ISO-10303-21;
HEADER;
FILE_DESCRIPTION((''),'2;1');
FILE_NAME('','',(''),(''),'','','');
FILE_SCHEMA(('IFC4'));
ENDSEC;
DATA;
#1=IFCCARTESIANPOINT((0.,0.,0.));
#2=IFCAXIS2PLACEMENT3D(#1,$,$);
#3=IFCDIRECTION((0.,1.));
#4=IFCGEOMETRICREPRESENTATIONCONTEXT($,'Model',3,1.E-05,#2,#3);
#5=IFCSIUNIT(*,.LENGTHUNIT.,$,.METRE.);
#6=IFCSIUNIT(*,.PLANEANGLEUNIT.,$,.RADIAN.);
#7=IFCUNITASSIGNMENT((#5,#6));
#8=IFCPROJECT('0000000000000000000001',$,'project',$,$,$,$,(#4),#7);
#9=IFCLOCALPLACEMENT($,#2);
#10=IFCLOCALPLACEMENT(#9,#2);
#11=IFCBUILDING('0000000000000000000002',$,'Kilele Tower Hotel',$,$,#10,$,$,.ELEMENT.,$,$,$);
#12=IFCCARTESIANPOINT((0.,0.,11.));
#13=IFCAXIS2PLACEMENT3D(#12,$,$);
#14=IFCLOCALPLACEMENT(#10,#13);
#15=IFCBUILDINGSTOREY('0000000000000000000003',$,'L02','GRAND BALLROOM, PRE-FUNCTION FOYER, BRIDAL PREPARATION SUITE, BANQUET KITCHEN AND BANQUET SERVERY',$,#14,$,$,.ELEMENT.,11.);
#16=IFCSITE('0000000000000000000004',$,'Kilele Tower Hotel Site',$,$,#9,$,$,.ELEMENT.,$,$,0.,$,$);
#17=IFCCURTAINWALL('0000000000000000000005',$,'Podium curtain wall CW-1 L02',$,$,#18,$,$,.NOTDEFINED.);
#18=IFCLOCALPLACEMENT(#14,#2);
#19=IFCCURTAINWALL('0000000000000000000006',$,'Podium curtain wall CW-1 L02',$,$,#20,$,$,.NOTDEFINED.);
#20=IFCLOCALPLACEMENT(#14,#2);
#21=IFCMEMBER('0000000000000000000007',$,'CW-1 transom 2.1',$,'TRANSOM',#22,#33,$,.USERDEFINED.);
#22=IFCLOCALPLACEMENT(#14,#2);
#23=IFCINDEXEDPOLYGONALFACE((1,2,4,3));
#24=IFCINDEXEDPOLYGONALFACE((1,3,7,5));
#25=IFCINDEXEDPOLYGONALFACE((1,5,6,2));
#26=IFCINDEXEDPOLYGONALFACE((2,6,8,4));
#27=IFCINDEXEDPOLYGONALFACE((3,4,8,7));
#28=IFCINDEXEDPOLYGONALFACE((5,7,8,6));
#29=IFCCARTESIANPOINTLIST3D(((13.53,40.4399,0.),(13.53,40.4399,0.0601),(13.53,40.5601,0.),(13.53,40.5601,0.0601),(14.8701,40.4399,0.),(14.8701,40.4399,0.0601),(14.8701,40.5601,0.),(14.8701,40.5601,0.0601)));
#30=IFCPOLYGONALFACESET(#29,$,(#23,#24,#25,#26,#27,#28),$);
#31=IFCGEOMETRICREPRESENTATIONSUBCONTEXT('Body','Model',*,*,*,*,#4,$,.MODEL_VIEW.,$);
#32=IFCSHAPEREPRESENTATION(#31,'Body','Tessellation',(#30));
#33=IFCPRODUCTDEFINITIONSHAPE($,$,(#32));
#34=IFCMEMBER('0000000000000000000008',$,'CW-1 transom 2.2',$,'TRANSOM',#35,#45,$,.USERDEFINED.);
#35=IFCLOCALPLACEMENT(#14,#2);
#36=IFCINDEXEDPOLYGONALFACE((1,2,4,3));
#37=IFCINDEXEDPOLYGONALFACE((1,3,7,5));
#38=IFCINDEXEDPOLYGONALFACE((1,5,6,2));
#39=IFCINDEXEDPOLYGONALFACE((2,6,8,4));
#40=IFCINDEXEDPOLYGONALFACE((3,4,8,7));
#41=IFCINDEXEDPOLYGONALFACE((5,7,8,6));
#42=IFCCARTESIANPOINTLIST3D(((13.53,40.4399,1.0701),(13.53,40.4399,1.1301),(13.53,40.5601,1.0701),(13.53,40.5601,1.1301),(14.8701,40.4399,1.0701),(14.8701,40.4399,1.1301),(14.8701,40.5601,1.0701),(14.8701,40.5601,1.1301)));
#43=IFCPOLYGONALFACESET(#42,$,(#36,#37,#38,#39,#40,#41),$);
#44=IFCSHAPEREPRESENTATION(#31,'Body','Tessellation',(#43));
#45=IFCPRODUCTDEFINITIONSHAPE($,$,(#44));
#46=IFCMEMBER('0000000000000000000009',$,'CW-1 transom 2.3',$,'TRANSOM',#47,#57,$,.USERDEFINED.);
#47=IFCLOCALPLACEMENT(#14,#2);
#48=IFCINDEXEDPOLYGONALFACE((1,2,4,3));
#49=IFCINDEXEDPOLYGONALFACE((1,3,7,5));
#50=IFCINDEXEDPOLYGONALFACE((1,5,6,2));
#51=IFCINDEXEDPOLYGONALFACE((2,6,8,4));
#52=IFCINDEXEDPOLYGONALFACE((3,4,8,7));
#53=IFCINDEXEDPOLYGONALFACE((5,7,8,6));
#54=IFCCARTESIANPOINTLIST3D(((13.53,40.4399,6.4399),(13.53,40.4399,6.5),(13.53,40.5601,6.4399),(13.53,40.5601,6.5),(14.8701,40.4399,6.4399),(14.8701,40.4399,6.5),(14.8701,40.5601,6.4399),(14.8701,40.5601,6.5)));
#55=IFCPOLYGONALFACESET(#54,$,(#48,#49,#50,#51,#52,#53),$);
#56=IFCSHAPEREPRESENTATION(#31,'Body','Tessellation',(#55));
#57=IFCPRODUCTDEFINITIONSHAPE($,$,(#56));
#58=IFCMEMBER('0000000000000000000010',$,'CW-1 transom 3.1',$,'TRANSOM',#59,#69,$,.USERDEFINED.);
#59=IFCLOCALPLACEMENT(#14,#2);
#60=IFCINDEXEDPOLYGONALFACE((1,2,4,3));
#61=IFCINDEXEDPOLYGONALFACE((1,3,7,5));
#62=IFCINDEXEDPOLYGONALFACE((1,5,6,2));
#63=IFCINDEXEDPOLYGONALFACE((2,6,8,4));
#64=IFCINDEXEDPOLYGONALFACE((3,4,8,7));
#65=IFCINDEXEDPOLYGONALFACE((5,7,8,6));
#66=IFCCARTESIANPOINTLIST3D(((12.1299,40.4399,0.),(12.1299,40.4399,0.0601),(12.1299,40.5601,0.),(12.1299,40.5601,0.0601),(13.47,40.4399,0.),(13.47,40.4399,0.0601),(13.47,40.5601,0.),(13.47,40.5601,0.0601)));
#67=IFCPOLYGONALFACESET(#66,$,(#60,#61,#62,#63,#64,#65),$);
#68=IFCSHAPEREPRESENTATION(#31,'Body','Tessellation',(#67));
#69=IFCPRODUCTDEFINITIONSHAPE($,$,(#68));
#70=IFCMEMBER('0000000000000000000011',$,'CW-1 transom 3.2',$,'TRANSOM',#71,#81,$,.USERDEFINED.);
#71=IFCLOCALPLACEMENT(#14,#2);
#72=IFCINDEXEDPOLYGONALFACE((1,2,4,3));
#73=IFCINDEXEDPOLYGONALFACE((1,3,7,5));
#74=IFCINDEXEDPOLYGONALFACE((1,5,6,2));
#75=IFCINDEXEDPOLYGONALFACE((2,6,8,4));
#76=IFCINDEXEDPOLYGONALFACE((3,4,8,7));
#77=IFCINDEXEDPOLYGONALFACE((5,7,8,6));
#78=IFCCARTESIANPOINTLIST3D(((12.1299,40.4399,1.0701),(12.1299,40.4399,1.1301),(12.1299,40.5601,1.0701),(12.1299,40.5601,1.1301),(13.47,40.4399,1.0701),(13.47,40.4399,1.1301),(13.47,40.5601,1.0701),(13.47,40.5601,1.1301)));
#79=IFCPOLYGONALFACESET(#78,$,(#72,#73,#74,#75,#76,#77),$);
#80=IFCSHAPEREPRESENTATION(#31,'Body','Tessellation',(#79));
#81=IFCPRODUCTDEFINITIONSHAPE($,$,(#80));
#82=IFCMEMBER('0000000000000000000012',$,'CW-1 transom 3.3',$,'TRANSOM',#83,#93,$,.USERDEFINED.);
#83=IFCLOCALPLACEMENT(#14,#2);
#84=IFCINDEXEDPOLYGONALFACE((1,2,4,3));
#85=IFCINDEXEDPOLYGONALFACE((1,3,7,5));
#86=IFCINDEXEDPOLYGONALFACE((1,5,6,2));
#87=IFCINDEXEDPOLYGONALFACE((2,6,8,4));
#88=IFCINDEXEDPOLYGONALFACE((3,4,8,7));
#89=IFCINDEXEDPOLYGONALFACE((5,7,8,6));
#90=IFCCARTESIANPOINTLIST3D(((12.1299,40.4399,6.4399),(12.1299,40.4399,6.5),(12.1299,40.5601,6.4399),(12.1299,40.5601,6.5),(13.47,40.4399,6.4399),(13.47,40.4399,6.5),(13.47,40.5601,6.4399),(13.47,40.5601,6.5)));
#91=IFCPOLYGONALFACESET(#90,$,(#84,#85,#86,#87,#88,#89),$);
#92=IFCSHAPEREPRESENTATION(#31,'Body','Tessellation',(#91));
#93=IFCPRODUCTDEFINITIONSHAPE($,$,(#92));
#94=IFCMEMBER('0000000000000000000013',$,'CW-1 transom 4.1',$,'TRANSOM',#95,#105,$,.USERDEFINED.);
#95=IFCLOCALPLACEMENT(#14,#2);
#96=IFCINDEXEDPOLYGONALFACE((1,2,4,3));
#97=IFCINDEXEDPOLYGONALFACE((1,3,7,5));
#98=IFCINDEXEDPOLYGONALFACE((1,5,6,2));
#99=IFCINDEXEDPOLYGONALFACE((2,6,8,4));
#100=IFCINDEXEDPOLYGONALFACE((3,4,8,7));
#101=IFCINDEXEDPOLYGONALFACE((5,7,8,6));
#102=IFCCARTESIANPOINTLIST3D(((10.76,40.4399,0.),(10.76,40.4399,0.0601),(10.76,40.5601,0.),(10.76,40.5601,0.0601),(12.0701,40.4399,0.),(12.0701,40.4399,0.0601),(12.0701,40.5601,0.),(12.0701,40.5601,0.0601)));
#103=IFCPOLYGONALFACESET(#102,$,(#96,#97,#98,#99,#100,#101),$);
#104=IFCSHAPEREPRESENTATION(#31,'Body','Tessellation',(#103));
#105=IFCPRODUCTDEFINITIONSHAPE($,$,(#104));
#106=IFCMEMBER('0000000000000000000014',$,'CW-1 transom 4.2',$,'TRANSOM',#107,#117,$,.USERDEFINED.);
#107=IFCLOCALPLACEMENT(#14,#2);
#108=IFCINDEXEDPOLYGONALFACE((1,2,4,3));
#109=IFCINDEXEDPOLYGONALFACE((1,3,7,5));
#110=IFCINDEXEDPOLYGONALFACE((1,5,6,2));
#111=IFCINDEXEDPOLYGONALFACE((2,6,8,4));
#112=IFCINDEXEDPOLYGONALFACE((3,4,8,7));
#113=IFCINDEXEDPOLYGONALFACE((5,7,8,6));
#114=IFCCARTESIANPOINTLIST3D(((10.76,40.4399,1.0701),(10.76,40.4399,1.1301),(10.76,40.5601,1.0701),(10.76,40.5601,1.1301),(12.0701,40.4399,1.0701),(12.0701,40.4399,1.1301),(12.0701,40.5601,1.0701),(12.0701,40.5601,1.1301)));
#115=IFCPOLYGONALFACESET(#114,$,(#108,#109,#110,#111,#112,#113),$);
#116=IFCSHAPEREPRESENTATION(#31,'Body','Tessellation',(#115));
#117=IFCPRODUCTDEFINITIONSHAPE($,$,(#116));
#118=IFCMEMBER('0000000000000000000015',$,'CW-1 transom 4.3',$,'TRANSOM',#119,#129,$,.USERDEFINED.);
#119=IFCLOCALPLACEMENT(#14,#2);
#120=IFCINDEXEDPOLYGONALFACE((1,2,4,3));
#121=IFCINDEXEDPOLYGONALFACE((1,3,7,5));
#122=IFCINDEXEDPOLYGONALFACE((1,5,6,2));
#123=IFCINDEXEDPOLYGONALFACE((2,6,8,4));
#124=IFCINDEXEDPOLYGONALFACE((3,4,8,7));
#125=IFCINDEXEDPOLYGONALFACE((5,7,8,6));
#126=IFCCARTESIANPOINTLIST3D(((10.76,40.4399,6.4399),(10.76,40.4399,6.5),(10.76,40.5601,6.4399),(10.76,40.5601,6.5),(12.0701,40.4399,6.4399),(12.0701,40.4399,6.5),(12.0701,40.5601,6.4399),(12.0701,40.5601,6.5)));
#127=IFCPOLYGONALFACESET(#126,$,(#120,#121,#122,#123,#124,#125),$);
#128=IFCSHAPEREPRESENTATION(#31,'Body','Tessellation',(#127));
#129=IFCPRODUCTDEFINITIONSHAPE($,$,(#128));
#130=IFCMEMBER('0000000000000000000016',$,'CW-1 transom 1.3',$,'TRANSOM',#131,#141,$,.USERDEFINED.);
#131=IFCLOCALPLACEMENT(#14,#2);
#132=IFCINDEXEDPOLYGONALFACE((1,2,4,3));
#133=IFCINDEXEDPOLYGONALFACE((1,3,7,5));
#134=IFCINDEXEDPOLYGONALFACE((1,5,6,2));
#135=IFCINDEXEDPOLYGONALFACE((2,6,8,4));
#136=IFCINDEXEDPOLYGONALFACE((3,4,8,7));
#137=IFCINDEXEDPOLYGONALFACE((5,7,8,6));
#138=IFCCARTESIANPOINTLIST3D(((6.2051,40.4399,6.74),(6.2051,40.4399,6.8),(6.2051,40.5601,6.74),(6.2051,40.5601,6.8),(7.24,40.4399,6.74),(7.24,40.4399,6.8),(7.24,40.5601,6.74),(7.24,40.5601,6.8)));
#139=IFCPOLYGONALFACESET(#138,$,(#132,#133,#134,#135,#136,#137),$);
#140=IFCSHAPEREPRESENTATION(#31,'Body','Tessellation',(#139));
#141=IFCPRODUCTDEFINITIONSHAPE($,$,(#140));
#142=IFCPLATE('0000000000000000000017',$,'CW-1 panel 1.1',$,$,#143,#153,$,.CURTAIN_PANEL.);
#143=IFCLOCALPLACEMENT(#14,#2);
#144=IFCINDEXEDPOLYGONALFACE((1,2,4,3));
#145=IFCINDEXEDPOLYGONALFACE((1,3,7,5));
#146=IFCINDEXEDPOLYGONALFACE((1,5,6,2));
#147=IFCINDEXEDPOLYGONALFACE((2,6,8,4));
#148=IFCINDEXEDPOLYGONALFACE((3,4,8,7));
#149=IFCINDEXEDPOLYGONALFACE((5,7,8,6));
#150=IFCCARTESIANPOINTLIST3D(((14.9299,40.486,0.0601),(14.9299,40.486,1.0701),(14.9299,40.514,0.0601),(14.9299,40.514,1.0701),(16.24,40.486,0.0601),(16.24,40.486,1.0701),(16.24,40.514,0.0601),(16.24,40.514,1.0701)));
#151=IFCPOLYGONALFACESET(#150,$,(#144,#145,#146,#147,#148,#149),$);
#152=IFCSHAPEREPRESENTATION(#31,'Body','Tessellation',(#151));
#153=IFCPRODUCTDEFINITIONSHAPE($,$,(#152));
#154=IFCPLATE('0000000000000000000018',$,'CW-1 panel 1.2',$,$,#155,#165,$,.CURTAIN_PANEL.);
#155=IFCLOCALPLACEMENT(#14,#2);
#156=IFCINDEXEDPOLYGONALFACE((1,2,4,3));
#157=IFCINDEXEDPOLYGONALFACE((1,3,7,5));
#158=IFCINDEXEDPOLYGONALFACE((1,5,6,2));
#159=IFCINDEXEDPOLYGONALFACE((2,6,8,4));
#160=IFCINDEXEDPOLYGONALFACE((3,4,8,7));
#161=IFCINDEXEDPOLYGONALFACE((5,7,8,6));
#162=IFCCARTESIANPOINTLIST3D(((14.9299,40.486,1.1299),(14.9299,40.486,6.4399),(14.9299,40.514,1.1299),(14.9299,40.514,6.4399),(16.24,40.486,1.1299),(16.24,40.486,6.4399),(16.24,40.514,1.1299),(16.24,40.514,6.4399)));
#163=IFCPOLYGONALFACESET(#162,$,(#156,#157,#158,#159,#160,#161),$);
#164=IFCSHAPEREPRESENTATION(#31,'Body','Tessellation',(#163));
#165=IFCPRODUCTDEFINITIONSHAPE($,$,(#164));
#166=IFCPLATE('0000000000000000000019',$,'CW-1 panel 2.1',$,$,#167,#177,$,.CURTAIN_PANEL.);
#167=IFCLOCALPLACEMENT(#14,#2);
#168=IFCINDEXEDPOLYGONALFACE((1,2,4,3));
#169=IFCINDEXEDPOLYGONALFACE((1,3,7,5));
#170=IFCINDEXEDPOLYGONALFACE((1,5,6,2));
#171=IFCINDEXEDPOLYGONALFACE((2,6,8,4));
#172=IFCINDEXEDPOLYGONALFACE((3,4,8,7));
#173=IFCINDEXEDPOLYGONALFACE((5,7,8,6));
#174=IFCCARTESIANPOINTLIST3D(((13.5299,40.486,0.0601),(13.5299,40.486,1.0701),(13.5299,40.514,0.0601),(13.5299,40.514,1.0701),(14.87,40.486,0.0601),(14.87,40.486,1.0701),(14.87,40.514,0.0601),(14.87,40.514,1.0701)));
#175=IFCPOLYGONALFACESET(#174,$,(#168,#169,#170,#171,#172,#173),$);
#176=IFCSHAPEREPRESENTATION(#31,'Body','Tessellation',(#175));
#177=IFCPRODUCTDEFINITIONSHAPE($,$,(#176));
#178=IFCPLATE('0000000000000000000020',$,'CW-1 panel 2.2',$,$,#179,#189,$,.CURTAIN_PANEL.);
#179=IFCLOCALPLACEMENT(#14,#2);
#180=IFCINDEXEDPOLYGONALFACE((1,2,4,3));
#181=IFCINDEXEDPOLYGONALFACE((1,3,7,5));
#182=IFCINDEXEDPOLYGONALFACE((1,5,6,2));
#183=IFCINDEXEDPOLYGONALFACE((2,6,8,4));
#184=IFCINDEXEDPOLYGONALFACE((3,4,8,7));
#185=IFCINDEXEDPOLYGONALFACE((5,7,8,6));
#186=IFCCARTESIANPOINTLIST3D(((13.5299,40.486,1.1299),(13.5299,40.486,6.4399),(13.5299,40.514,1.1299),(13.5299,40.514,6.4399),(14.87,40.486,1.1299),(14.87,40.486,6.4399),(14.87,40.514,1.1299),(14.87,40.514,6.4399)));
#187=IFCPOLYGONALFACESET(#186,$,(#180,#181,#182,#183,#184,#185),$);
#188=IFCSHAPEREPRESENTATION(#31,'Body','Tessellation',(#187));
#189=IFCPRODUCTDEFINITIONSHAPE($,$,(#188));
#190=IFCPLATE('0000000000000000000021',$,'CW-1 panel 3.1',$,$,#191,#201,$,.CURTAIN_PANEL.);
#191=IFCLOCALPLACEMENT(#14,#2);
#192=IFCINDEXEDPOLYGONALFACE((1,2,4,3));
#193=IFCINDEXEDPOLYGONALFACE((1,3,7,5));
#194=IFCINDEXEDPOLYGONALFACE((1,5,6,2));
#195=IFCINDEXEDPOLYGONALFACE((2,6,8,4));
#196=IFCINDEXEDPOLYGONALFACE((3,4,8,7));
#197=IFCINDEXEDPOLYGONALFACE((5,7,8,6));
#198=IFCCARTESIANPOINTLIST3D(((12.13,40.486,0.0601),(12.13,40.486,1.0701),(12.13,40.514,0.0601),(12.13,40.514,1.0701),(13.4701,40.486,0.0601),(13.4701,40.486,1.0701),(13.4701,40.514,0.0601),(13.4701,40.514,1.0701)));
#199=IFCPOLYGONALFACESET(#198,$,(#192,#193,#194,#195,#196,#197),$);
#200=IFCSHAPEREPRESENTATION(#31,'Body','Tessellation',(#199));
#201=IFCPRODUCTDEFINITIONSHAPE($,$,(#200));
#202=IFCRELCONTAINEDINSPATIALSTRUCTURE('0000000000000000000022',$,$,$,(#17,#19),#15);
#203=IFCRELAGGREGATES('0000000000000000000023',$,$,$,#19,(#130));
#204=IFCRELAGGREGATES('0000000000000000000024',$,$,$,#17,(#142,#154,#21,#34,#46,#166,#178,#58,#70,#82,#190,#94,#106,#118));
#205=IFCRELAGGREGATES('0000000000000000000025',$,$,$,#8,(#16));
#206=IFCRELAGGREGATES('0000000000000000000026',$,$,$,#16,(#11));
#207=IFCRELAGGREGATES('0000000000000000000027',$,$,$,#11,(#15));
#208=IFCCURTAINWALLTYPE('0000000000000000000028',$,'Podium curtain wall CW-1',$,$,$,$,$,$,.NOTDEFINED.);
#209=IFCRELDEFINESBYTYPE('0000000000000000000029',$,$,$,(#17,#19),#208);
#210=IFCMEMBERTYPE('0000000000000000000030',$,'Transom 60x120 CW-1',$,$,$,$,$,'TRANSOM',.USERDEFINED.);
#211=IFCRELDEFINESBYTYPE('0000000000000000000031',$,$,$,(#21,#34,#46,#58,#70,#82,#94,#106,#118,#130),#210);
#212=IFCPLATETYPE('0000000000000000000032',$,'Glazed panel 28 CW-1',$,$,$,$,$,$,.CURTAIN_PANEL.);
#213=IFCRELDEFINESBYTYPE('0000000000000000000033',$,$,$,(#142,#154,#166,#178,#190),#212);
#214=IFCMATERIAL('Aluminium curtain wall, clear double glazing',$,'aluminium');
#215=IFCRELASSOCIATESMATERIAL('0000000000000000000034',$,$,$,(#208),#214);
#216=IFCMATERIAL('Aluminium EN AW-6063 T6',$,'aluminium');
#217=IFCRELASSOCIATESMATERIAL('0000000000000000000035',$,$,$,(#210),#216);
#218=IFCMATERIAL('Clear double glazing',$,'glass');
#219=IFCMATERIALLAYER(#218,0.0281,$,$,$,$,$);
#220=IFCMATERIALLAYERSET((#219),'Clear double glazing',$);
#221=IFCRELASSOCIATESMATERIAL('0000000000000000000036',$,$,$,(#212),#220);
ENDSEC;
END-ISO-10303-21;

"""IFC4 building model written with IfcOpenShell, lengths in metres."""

from ifc_helpers import new_model, si_unit, direction, frame, origin, origin_2d, place, context, subcontext, project, spatial, rectangle, extrude, material, layer, layer_set, material_profile, profile_set, type_object, element, aggregate, save


model = new_model("IFC4")

# Units and contexts
model_context = context("Model", 3, precision=1e-05, world=origin(), true_north=direction((0.0, 1.0)))
body_context = subcontext(model_context, "Body", "Model", "MODEL_VIEW")
ifc_project = project(units=[si_unit("LENGTHUNIT", "METRE"), si_unit("PLANEANGLEUNIT", "RADIAN")], contexts=[model_context])

# Site, building, storey
site_placement = place(None, origin())
site = spatial("IfcSite", under=ifc_project, at=site_placement, Name="Kilele Tower Hotel Site", CompositionType="ELEMENT", RefElevation=0.0)
building_placement = place(site_placement, origin())
building = spatial("IfcBuilding", under=site, at=building_placement, Name="Kilele Tower Hotel", CompositionType="ELEMENT")
storey_placement = place(building_placement, frame((0.0, 0.0, 11.0)))
storey = spatial("IfcBuildingStorey", under=building, at=storey_placement, Name="L02", Description="GRAND BALLROOM, PRE-FUNCTION FOYER, BRIDAL PREPARATION SUITE, BANQUET KITCHEN AND BANQUET SERVERY", CompositionType="ELEMENT", Elevation=11.0)

# Curtain wall
ifc_material_1 = material(Name="Aluminium curtain wall, clear double glazing", Category="aluminium")
curtain_wall_type = type_object("IfcCurtainWallType", Name="Podium curtain wall CW-1", PredefinedType="NOTDEFINED", material=ifc_material_1)
curtain_wall_1_placement = place(storey_placement, origin())
curtain_wall_1 = element("IfcCurtainWall", 1, at=curtain_wall_1_placement, inside=storey, type_object=curtain_wall_type, Name="Podium curtain wall CW-1 L02", PredefinedType="NOTDEFINED")

# Curtain wall
curtain_wall_2_placement = place(storey_placement, origin())
curtain_wall_2 = element("IfcCurtainWall", 2, at=curtain_wall_2_placement, inside=storey, type_object=curtain_wall_type, Name="Podium curtain wall CW-1 L02", PredefinedType="NOTDEFINED")

# Members
ifc_material_2 = material(Name="Aluminium EN AW-6063 T6", Category="aluminium")
ifc_material_profile_1 = material_profile(ifc_material_2, rectangle(XDim=0.1201, YDim=0.0601, at=origin_2d()))
ifc_profile_set_1 = profile_set([ifc_material_profile_1], Name="Aluminium EN AW-6063 T6")
member_type_1 = type_object("IfcMemberType", Name="Transom 60x120 CW-1", ElementType="TRANSOM", PredefinedType="USERDEFINED", material=ifc_profile_set_1)
member_1_placement = place(storey_placement, frame((14.8701, 40.5, 0.03), z_axis=(-1.0, 0.0, 0.0), x_axis=(0.0, -1.0, 0.0)))
member_1 = element("IfcMember", 3, at=member_1_placement, type_object=member_type_1, Name="CW-1 transom 2.1", ObjectType="TRANSOM", PredefinedType="USERDEFINED", context=body_context, shape_type="SweptSolid", body=[
    extrude(rectangle(XDim=0.1201, YDim=0.0601, at=origin_2d()), origin(), (0.0, 0.0, 1.0), 1.3401),
])
member_2_placement = place(storey_placement, frame((14.8701, 40.5, 1.1001), z_axis=(-1.0, 0.0, 0.0), x_axis=(0.0, -1.0, 0.0)))
member_2 = element("IfcMember", 4, at=member_2_placement, type_object=member_type_1, Name="CW-1 transom 2.2", ObjectType="TRANSOM", PredefinedType="USERDEFINED", context=body_context, shape_type="SweptSolid", body=[
    extrude(rectangle(XDim=0.1201, YDim=0.0601, at=origin_2d()), origin(), (0.0, 0.0, 1.0), 1.3401),
])
member_3_placement = place(storey_placement, frame((14.8701, 40.5, 6.47), z_axis=(-1.0, 0.0, 0.0), x_axis=(0.0, -1.0, 0.0)))
member_3 = element("IfcMember", 5, at=member_3_placement, type_object=member_type_1, Name="CW-1 transom 2.3", ObjectType="TRANSOM", PredefinedType="USERDEFINED", context=body_context, shape_type="SweptSolid", body=[
    extrude(rectangle(XDim=0.1201, YDim=0.0601, at=origin_2d()), origin(), (0.0, 0.0, 1.0), 1.3401),
])
member_4_placement = place(storey_placement, frame((13.47, 40.5, 0.03), z_axis=(-1.0, 0.0, 0.0), x_axis=(0.0, -1.0, 0.0)))
member_4 = element("IfcMember", 6, at=member_4_placement, type_object=member_type_1, Name="CW-1 transom 3.1", ObjectType="TRANSOM", PredefinedType="USERDEFINED", context=body_context, shape_type="SweptSolid", body=[
    extrude(rectangle(XDim=0.1201, YDim=0.0601, at=origin_2d()), origin(), (0.0, 0.0, 1.0), 1.3401),
])
member_5_placement = place(storey_placement, frame((13.47, 40.5, 1.1001), z_axis=(-1.0, 0.0, 0.0), x_axis=(0.0, -1.0, 0.0)))
member_5 = element("IfcMember", 7, at=member_5_placement, type_object=member_type_1, Name="CW-1 transom 3.2", ObjectType="TRANSOM", PredefinedType="USERDEFINED", context=body_context, shape_type="SweptSolid", body=[
    extrude(rectangle(XDim=0.1201, YDim=0.0601, at=origin_2d()), origin(), (0.0, 0.0, 1.0), 1.3401),
])
member_6_placement = place(storey_placement, frame((13.47, 40.5, 6.47), z_axis=(-1.0, 0.0, 0.0), x_axis=(0.0, -1.0, 0.0)))
member_6 = element("IfcMember", 8, at=member_6_placement, type_object=member_type_1, Name="CW-1 transom 3.3", ObjectType="TRANSOM", PredefinedType="USERDEFINED", context=body_context, shape_type="SweptSolid", body=[
    extrude(rectangle(XDim=0.1201, YDim=0.0601, at=origin_2d()), origin(), (0.0, 0.0, 1.0), 1.3401),
])
member_7_placement = place(storey_placement, frame((12.0701, 40.5, 0.03), z_axis=(-1.0, 0.0, 0.0), x_axis=(0.0, -1.0, 0.0)))
member_7 = element("IfcMember", 9, at=member_7_placement, type_object=member_type_1, Name="CW-1 transom 4.1", ObjectType="TRANSOM", PredefinedType="USERDEFINED", context=body_context, shape_type="SweptSolid", body=[
    extrude(rectangle(XDim=0.1201, YDim=0.0601, at=origin_2d()), origin(), (0.0, 0.0, 1.0), 1.3101),
])
member_8_placement = place(storey_placement, frame((12.0701, 40.5, 1.1001), z_axis=(-1.0, 0.0, 0.0), x_axis=(0.0, -1.0, 0.0)))
member_8 = element("IfcMember", 10, at=member_8_placement, type_object=member_type_1, Name="CW-1 transom 4.2", ObjectType="TRANSOM", PredefinedType="USERDEFINED", context=body_context, shape_type="SweptSolid", body=[
    extrude(rectangle(XDim=0.1201, YDim=0.0601, at=origin_2d()), origin(), (0.0, 0.0, 1.0), 1.3101),
])
member_9_placement = place(storey_placement, frame((12.0701, 40.5, 6.47), z_axis=(-1.0, 0.0, 0.0), x_axis=(0.0, -1.0, 0.0)))
member_9 = element("IfcMember", 11, at=member_9_placement, type_object=member_type_1, Name="CW-1 transom 4.3", ObjectType="TRANSOM", PredefinedType="USERDEFINED", context=body_context, shape_type="SweptSolid", body=[
    extrude(rectangle(XDim=0.1201, YDim=0.0601, at=origin_2d()), origin(), (0.0, 0.0, 1.0), 1.3101),
])
member_10_placement = place(storey_placement, frame((7.24, 40.5, 6.77), z_axis=(-1.0, 0.0, 0.0), x_axis=(0.0, -1.0, 0.0)))
member_10 = element("IfcMember", 12, at=member_10_placement, type_object=member_type_1, Name="CW-1 transom 1.3", ObjectType="TRANSOM", PredefinedType="USERDEFINED", context=body_context, shape_type="SweptSolid", body=[
    extrude(rectangle(XDim=0.1201, YDim=0.0601, at=origin_2d()), origin(), (0.0, 0.0, 1.0), 1.0349),
])
aggregate(curtain_wall_2, [member_10])

# Plates
ifc_material_3 = material(Name="Clear double glazing", Category="glass")
ifc_layer = layer(ifc_material_3, 0.0281)
ifc_layer_set = layer_set([ifc_layer], Name="Clear double glazing")
plate_type = type_object("IfcPlateType", Name="Glazed panel 28 CW-1", PredefinedType="CURTAIN_PANEL", material=ifc_layer_set)
plate_1_placement = place(storey_placement, frame((15.585, 40.5, 0.0601), z_axis=(0.0, 0.0, 1.0), x_axis=(-1.0, 0.0, 0.0)))
plate_1 = element("IfcPlate", 13, at=plate_1_placement, type_object=plate_type, Name="CW-1 panel 1.1", PredefinedType="CURTAIN_PANEL", context=body_context, shape_type="SweptSolid", body=[
    extrude(rectangle(XDim=1.3101, YDim=0.0281, at=origin_2d()), origin(), (0.0, 0.0, 1.0), 1.01),
])
plate_2_placement = place(storey_placement, frame((15.585, 40.5, 1.1299), z_axis=(0.0, 0.0, 1.0), x_axis=(-1.0, 0.0, 0.0)))
plate_2 = element("IfcPlate", 14, at=plate_2_placement, type_object=plate_type, Name="CW-1 panel 1.2", PredefinedType="CURTAIN_PANEL", context=body_context, shape_type="SweptSolid", body=[
    extrude(rectangle(XDim=1.3101, YDim=0.0281, at=origin_2d()), origin(), (0.0, 0.0, 1.0), 5.3101),
])
plate_3_placement = place(storey_placement, frame((14.2, 40.5, 0.0601), z_axis=(0.0, 0.0, 1.0), x_axis=(-1.0, 0.0, 0.0)))
plate_3 = element("IfcPlate", 15, at=plate_3_placement, type_object=plate_type, Name="CW-1 panel 2.1", PredefinedType="CURTAIN_PANEL", context=body_context, shape_type="SweptSolid", body=[
    extrude(rectangle(XDim=1.3401, YDim=0.0281, at=origin_2d()), origin(), (0.0, 0.0, 1.0), 1.01),
])
plate_4_placement = place(storey_placement, frame((14.2, 40.5, 1.1299), z_axis=(0.0, 0.0, 1.0), x_axis=(-1.0, 0.0, 0.0)))
plate_4 = element("IfcPlate", 16, at=plate_4_placement, type_object=plate_type, Name="CW-1 panel 2.2", PredefinedType="CURTAIN_PANEL", context=body_context, shape_type="SweptSolid", body=[
    extrude(rectangle(XDim=1.3401, YDim=0.0281, at=origin_2d()), origin(), (0.0, 0.0, 1.0), 5.3101),
])
plate_5_placement = place(storey_placement, frame((12.8, 40.5, 0.0601), z_axis=(0.0, 0.0, 1.0), x_axis=(-1.0, 0.0, 0.0)))
plate_5 = element("IfcPlate", 17, at=plate_5_placement, type_object=plate_type, Name="CW-1 panel 3.1", PredefinedType="CURTAIN_PANEL", context=body_context, shape_type="SweptSolid", body=[
    extrude(rectangle(XDim=1.3401, YDim=0.0281, at=origin_2d()), origin(), (0.0, 0.0, 1.0), 1.01),
])
aggregate(curtain_wall_1, [plate_1, plate_2, member_1, member_2, member_3, plate_3, plate_4, member_4, member_5, member_6, plate_5, member_7, member_8, member_9])

save(model, "model.ifc")
